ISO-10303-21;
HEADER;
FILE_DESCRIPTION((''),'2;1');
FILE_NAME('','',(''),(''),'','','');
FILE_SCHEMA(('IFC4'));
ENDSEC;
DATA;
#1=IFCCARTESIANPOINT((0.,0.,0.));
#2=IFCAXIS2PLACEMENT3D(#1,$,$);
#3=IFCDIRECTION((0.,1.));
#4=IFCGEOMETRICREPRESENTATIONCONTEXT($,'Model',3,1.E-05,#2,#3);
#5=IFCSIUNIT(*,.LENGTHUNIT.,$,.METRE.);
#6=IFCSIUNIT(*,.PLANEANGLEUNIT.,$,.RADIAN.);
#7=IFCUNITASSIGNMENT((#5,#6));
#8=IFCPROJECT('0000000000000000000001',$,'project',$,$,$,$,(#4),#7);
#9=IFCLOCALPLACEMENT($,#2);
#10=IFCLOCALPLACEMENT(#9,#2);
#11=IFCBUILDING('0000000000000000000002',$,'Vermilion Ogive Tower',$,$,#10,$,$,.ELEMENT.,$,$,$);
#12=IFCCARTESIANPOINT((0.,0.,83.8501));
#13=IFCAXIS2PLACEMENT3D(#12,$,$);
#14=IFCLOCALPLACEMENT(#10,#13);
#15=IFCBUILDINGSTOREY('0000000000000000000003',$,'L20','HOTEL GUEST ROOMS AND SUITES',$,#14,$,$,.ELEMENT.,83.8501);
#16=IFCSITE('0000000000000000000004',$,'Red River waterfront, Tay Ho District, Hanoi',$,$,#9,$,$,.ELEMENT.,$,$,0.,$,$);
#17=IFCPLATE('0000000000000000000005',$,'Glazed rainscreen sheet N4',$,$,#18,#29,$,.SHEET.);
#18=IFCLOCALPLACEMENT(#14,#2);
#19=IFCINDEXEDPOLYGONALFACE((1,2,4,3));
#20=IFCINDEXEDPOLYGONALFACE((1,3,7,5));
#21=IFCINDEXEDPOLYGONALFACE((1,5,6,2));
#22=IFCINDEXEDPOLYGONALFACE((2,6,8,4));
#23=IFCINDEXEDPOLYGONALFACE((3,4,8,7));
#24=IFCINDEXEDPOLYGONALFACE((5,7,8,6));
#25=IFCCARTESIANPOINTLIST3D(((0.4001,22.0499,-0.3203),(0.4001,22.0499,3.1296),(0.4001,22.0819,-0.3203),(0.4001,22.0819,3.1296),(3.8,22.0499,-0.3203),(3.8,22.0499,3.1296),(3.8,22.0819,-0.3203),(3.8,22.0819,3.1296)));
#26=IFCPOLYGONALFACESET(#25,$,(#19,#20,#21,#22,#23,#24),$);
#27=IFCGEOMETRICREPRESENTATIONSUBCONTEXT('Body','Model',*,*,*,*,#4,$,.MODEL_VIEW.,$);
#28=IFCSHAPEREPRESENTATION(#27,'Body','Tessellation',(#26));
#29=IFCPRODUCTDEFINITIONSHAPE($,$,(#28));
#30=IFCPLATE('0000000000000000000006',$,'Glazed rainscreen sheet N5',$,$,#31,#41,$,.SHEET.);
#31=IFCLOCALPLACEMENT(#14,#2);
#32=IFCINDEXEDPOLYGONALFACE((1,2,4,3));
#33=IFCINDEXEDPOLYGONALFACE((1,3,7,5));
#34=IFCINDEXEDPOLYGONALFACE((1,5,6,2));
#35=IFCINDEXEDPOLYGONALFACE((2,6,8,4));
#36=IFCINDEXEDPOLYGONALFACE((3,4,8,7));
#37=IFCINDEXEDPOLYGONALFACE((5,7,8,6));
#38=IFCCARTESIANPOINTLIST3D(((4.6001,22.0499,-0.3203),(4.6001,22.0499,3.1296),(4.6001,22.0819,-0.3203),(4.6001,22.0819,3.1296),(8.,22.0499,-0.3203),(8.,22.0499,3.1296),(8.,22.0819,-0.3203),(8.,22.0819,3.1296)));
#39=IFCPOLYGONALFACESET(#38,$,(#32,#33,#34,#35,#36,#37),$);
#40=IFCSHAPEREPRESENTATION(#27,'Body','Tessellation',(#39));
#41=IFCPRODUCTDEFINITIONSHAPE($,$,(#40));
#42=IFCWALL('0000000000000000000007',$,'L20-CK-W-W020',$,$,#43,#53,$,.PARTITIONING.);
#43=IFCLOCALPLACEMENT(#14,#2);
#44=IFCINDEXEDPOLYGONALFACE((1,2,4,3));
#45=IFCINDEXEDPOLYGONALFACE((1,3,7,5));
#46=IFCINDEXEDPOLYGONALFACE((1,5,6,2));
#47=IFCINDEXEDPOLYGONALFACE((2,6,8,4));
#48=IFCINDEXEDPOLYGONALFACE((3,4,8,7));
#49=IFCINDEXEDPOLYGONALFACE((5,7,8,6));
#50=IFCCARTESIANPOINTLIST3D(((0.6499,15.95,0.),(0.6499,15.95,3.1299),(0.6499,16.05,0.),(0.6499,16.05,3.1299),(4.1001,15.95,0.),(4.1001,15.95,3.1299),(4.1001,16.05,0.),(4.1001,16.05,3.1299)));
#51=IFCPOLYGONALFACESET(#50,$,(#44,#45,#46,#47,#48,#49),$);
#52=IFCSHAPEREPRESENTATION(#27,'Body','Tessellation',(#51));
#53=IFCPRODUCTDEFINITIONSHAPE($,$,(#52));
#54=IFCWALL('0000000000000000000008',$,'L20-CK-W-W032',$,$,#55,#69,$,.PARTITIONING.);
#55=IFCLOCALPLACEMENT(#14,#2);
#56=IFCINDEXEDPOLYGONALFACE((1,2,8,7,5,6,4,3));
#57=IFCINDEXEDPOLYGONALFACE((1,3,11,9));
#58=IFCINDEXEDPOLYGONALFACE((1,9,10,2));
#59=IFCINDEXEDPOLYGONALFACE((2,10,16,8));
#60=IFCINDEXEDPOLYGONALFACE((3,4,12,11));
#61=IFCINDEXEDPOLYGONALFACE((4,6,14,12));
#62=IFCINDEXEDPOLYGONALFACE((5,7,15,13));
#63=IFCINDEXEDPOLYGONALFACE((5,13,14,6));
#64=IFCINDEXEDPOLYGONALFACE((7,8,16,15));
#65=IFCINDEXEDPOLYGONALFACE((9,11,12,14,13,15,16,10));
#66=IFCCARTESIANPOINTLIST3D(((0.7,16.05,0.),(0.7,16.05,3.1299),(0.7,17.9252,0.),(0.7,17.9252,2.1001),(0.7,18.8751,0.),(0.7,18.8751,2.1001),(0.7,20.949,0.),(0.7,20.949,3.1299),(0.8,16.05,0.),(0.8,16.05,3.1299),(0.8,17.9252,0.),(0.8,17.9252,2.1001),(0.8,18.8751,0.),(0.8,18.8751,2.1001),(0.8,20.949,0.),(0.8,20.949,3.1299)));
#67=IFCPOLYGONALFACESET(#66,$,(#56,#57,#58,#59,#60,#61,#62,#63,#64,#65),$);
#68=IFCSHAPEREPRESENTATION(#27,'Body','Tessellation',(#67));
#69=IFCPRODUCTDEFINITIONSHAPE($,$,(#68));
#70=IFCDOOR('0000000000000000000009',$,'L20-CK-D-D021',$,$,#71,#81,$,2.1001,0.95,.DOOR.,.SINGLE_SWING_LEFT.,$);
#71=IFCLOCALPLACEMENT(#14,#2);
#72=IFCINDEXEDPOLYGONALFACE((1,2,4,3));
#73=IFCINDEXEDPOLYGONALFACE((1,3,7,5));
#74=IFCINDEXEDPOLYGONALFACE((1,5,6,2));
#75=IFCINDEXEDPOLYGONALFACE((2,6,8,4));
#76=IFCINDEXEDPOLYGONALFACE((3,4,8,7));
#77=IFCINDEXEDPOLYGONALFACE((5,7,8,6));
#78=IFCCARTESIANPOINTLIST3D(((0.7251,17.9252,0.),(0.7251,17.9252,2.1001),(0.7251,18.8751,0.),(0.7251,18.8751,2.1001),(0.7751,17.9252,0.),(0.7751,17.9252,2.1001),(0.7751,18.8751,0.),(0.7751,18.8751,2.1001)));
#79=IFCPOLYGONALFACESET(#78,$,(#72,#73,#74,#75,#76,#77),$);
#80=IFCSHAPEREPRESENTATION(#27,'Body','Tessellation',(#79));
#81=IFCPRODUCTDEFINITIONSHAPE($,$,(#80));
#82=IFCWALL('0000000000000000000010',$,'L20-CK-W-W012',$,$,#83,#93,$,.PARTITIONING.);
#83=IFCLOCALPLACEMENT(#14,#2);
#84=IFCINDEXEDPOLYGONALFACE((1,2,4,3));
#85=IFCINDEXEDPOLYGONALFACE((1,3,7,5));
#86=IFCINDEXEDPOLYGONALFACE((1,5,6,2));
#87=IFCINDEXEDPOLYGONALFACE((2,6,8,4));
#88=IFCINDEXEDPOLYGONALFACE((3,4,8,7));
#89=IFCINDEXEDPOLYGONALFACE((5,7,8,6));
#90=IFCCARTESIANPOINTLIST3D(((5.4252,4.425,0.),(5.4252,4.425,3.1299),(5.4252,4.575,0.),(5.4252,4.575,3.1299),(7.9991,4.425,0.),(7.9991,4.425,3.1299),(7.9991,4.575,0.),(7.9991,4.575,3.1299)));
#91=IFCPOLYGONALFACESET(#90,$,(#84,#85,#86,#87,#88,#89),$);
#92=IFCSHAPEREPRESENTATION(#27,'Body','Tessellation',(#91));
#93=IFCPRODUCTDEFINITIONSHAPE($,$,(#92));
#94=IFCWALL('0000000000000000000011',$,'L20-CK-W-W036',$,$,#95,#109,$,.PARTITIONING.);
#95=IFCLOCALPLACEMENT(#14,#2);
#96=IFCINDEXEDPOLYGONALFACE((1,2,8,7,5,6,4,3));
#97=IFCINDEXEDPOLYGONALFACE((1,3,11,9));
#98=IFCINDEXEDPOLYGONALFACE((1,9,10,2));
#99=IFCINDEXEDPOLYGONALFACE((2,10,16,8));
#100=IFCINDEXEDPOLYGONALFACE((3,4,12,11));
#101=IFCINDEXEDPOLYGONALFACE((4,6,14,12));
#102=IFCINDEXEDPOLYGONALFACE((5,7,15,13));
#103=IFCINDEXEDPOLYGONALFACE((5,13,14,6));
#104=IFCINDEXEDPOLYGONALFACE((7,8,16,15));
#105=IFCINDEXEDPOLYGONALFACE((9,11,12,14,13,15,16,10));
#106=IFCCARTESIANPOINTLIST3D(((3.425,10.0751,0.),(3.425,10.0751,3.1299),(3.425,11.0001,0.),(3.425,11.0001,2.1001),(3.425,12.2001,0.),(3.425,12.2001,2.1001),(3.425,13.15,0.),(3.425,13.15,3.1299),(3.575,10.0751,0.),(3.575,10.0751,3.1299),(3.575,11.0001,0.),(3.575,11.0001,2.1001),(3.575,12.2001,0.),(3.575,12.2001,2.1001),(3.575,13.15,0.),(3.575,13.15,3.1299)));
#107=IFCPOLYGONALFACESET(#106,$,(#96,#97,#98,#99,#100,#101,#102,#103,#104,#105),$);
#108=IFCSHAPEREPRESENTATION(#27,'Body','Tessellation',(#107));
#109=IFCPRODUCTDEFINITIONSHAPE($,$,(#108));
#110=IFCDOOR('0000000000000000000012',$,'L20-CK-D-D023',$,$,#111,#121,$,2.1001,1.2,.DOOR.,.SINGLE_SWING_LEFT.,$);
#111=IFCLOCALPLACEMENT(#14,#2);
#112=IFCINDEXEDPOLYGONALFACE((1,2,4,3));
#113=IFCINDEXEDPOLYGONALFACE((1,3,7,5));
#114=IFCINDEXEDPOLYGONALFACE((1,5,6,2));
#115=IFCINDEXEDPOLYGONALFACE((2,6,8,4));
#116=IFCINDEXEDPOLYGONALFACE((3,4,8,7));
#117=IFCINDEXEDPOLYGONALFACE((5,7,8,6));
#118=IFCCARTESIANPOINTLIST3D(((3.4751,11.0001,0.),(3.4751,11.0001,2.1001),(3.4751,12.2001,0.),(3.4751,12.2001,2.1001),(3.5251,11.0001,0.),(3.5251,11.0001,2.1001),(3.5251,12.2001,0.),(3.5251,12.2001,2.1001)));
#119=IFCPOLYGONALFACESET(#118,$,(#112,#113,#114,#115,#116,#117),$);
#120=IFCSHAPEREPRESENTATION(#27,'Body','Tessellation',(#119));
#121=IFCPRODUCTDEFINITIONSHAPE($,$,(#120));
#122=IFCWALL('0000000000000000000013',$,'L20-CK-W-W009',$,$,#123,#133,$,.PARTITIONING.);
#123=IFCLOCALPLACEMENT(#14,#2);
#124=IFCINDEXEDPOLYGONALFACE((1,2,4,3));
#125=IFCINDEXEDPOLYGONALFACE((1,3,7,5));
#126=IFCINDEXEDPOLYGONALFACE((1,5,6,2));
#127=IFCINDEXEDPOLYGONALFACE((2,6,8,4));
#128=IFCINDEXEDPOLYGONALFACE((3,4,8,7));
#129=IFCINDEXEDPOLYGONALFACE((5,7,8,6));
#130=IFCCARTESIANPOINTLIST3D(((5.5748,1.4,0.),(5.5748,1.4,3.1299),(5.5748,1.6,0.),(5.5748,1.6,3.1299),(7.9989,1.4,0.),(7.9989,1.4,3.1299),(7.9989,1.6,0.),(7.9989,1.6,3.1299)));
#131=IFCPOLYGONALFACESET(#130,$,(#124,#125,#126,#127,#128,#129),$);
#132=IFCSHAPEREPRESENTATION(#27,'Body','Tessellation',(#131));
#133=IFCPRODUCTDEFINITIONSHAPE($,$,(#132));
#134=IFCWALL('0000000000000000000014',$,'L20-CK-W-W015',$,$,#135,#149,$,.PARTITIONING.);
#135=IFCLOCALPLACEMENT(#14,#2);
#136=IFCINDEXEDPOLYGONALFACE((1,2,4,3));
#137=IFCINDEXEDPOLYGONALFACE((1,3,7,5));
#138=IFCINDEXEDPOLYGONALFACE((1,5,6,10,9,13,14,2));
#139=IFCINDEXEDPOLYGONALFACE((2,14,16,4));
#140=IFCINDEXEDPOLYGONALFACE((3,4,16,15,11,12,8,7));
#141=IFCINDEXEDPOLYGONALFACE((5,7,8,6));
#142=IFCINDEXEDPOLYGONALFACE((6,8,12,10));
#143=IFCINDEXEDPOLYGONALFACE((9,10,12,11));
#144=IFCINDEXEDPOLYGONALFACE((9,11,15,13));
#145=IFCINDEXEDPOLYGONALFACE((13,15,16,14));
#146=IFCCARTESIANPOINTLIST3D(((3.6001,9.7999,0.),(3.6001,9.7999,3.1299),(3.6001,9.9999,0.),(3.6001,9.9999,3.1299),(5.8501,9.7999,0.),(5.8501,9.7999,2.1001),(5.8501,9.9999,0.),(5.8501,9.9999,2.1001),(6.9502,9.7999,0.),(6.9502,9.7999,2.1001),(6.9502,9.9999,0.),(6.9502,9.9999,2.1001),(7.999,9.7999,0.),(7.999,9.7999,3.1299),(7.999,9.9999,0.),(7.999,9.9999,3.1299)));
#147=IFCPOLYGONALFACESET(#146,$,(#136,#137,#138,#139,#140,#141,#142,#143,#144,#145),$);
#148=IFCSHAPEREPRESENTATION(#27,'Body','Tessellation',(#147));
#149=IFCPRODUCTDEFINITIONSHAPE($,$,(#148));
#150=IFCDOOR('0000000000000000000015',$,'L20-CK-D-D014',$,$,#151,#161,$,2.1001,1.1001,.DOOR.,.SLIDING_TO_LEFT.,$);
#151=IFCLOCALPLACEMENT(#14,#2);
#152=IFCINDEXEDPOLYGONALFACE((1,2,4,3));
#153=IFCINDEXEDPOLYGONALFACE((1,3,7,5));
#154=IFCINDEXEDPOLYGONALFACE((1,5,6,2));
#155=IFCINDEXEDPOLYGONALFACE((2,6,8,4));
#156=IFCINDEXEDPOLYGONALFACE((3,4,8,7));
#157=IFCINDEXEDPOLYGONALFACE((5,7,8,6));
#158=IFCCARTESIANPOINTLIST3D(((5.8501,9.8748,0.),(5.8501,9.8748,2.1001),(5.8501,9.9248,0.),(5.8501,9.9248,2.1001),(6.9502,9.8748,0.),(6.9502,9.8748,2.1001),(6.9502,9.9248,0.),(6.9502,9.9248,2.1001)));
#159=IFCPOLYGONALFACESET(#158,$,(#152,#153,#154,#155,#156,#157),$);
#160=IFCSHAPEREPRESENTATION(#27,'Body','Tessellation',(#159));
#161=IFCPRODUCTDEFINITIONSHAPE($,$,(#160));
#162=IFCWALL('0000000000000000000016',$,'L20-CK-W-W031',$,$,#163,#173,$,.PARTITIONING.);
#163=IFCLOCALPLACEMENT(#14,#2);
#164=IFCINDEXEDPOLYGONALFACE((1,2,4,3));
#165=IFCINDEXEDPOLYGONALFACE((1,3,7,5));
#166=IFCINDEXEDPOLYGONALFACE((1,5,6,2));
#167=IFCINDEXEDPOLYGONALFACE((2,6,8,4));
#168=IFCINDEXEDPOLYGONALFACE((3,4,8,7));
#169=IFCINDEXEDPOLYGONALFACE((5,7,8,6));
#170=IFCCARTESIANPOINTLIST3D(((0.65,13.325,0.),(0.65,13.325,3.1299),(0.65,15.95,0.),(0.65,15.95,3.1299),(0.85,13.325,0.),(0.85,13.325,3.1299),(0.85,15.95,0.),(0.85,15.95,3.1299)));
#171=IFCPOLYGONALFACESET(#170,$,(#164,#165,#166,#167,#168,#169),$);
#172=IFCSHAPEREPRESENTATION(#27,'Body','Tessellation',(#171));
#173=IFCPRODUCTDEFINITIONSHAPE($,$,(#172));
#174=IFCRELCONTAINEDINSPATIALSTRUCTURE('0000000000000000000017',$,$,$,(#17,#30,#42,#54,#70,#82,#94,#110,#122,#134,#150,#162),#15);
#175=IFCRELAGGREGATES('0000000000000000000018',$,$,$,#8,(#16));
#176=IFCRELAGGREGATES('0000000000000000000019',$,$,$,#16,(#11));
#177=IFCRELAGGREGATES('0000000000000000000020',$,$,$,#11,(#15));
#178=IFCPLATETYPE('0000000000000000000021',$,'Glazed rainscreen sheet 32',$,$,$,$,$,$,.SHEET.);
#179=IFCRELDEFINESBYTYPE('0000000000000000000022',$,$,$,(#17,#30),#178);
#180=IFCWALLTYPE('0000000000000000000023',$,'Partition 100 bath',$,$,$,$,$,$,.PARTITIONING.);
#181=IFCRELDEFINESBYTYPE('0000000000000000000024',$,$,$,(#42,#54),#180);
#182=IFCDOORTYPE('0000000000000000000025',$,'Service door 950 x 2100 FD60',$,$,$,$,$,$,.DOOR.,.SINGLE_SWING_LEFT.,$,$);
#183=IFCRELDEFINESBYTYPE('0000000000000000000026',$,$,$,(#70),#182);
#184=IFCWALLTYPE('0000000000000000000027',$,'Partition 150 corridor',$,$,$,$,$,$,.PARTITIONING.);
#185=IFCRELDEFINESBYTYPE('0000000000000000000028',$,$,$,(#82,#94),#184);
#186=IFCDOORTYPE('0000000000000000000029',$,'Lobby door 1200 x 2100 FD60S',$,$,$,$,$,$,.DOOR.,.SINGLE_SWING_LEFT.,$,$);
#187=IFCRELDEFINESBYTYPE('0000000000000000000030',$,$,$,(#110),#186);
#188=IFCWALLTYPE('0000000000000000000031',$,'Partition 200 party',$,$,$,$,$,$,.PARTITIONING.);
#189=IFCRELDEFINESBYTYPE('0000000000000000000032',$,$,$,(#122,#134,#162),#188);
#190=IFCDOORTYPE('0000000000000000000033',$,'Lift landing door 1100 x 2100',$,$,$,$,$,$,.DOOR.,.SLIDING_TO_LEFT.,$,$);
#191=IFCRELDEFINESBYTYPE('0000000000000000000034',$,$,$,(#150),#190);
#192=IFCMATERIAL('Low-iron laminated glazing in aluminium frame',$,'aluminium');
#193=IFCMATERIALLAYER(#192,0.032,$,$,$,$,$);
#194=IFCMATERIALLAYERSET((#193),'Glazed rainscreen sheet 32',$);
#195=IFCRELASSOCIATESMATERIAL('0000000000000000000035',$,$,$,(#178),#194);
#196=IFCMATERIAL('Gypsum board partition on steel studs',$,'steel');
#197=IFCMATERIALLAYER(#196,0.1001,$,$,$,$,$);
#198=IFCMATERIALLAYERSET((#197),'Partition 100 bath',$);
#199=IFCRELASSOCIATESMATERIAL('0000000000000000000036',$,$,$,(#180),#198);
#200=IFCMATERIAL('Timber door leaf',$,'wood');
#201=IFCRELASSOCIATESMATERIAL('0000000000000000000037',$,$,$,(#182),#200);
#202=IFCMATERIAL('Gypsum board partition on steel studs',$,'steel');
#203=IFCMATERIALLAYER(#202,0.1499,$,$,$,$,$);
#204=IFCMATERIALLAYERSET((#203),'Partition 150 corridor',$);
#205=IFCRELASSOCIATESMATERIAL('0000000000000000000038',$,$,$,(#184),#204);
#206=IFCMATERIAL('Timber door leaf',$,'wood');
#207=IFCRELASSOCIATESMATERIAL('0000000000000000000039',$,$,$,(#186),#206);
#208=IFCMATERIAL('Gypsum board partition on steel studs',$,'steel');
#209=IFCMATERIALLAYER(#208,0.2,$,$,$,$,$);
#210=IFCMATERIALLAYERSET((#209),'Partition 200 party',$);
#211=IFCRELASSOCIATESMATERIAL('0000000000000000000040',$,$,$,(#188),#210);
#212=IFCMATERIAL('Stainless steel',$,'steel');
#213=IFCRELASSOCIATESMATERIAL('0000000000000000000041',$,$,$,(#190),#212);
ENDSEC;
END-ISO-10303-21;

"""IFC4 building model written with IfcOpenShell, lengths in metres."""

from ifc_helpers import new_model, si_unit, direction, frame, frame_2d, origin, origin_2d, place, context, subcontext, project, spatial, rectangle, extrude, material, layer, layer_set, type_object, element, fill, save


model = new_model("IFC4")

# Units and contexts
model_context = context("Model", 3, precision=1e-05, world=origin(), true_north=direction((0.0, 1.0)))
body_context = subcontext(model_context, "Body", "Model", "MODEL_VIEW")
ifc_project = project(units=[si_unit("LENGTHUNIT", "METRE"), si_unit("PLANEANGLEUNIT", "RADIAN")], contexts=[model_context])

# Site, building, storey
site_placement = place(None, origin())
site = spatial("IfcSite", under=ifc_project, at=site_placement, Name="Red River waterfront, Tay Ho District, Hanoi", CompositionType="ELEMENT", RefElevation=0.0)
building_placement = place(site_placement, origin())
building = spatial("IfcBuilding", under=site, at=building_placement, Name="Vermilion Ogive Tower", CompositionType="ELEMENT")
storey_placement = place(building_placement, frame((0.0, 0.0, 83.8501)))
storey = spatial("IfcBuildingStorey", under=building, at=storey_placement, Name="L20", Description="HOTEL GUEST ROOMS AND SUITES", CompositionType="ELEMENT", Elevation=83.8501)

# Plates
ifc_material_1 = material(Name="Low-iron laminated glazing in aluminium frame", Category="aluminium")
ifc_layer_1 = layer(ifc_material_1, 0.032)
ifc_layer_set_1 = layer_set([ifc_layer_1], Name="Glazed rainscreen sheet 32")
plate_type = type_object("IfcPlateType", Name="Glazed rainscreen sheet 32", PredefinedType="SHEET", material=ifc_layer_set_1)
for number, where, z_axis, x_axis, name in (
    (1, (2.1001, 22.0659, -0.3203), (0.0, 0.0, 1.0), (1.0, 0.0, 0.0), "Glazed rainscreen sheet N4"),
    (2, (6.3, 22.0659, -0.3203), (0.0, 0.0, 1.0), (1.0, 0.0, 0.0), "Glazed rainscreen sheet N5"),
):
    element("IfcPlate", number, at=place(storey_placement, frame(where, z_axis=z_axis, x_axis=x_axis)), inside=storey, type_object=plate_type, Name=name, PredefinedType="SHEET", context=body_context, shape_type="SweptSolid", body=[
        extrude(rectangle(XDim=3.3999, YDim=0.032, at=origin_2d()), origin(), (0.0, 0.0, 1.0), 3.45),
    ])

# Wall
ifc_material_2 = material(Name="Gypsum board partition on steel studs", Category="steel")
ifc_layer_2 = layer(ifc_material_2, 0.1001)
ifc_layer_set_2 = layer_set([ifc_layer_2], Name="Partition 100 bath")
wall_type_1 = type_object("IfcWallType", Name="Partition 100 bath", PredefinedType="PARTITIONING", material=ifc_layer_set_2)
wall_1_placement = place(storey_placement, frame((0.6499, 16.0, 0.0), z_axis=(0.0, 0.0, 1.0), x_axis=(1.0, 0.0, 0.0)))
element("IfcWall", 3, at=wall_1_placement, inside=storey, type_object=wall_type_1, Name="L20-CK-W-W020", PredefinedType="PARTITIONING", context=body_context, shape_type="SweptSolid", body=[
    extrude(rectangle(XDim=3.4502, YDim=0.1001, at=frame_2d((1.7251, 0.0))), origin(), (0.0, 0.0, 1.0), 3.1299),
])

# Wall, opening, door
wall_2_placement = place(storey_placement, frame((0.75, 16.05, 0.0), z_axis=(0.0, 0.0, 1.0), x_axis=(0.0, 1.0, 0.0)))
wall_2 = element("IfcWall", 4, at=wall_2_placement, inside=storey, type_object=wall_type_1, Name="L20-CK-W-W032", PredefinedType="PARTITIONING", context=body_context, shape_type="SweptSolid", body=[
    extrude(rectangle(XDim=4.8989, YDim=0.1001, at=frame_2d((2.4495, 0.0))), origin(), (0.0, 0.0, 1.0), 3.1299),
])
opening_1_placement = place(wall_2_placement, frame((1.875, 0.0, 0.0)))
opening_1 = element("IfcOpeningElement", 5, at=opening_1_placement, cuts=wall_2, PredefinedType="OPENING", context=body_context, shape_type="SweptSolid", body=[
    extrude(rectangle(XDim=0.95, YDim=2.1001, at=frame_2d((0.4751, 1.05))), frame((0.0, 0.0601, 0.0), z_axis=(0.0, -1.0, 0.0), x_axis=(1.0, 0.0, 0.0)), (0.0, 0.0, 1.0), 0.1201),
])
ifc_material_3 = material(Name="Timber door leaf", Category="wood")
door_type_1 = type_object("IfcDoorType", Name="Service door 950 x 2100 FD60", OperationType="SINGLE_SWING_LEFT", PredefinedType="DOOR", material=ifc_material_3)
door_1_placement = place(opening_1_placement, origin())
door_1 = element("IfcDoor", 6, at=door_1_placement, inside=storey, type_object=door_type_1, Name="L20-CK-D-D021", OperationType="SINGLE_SWING_LEFT", OverallHeight=2.1001, OverallWidth=0.95, PredefinedType="DOOR", context=body_context, shape_type="SweptSolid", body=[
    extrude(rectangle(XDim=0.95, YDim=2.1001, at=frame_2d((0.4751, 1.05))), frame((0.0, 0.0249, 0.0), z_axis=(0.0, -1.0, 0.0), x_axis=(1.0, 0.0, 0.0)), (0.0, 0.0, 1.0), 0.05),
])
fill(opening_1, door_1)

# Wall
ifc_material_4 = material(Name="Gypsum board partition on steel studs", Category="steel")
ifc_layer_3 = layer(ifc_material_4, 0.1499)
ifc_layer_set_3 = layer_set([ifc_layer_3], Name="Partition 150 corridor")
wall_type_2 = type_object("IfcWallType", Name="Partition 150 corridor", PredefinedType="PARTITIONING", material=ifc_layer_set_3)
wall_3_placement = place(storey_placement, frame((5.425, 4.5, 0.0), z_axis=(0.0, 0.0, 1.0), x_axis=(1.0, 0.0, 0.0)))
element("IfcWall", 7, at=wall_3_placement, inside=storey, type_object=wall_type_2, Name="L20-CK-W-W012", PredefinedType="PARTITIONING", context=body_context, shape_type="SweptSolid", body=[
    extrude(rectangle(XDim=2.574, YDim=0.1499, at=frame_2d((1.2871, 0.0))), origin(), (0.0, 0.0, 1.0), 3.1299),
])

# Wall, opening, door
wall_4_placement = place(storey_placement, frame((3.5, 10.075, 0.0), z_axis=(0.0, 0.0, 1.0), x_axis=(0.0, 1.0, 0.0)))
wall_4 = element("IfcWall", 8, at=wall_4_placement, inside=storey, type_object=wall_type_2, Name="L20-CK-W-W036", PredefinedType="PARTITIONING", context=body_context, shape_type="SweptSolid", body=[
    extrude(rectangle(XDim=3.075, YDim=0.1499, at=frame_2d((1.5376, 0.0))), origin(), (0.0, 0.0, 1.0), 3.1299),
])
opening_2_placement = place(wall_4_placement, frame((0.925, 0.0, 0.0)))
opening_2 = element("IfcOpeningElement", 9, at=opening_2_placement, cuts=wall_4, PredefinedType="OPENING", context=body_context, shape_type="SweptSolid", body=[
    extrude(rectangle(XDim=1.2, YDim=2.1001, at=frame_2d((0.6001, 1.05))), frame((0.0, 0.085, 0.0), z_axis=(0.0, -1.0, 0.0), x_axis=(1.0, 0.0, 0.0)), (0.0, 0.0, 1.0), 0.1699),
])
ifc_material_5 = material(Name="Timber door leaf", Category="wood")
door_type_2 = type_object("IfcDoorType", Name="Lobby door 1200 x 2100 FD60S", OperationType="SINGLE_SWING_LEFT", PredefinedType="DOOR", material=ifc_material_5)
door_2_placement = place(opening_2_placement, origin())
door_2 = element("IfcDoor", 10, at=door_2_placement, inside=storey, type_object=door_type_2, Name="L20-CK-D-D023", OperationType="SINGLE_SWING_LEFT", OverallHeight=2.1001, OverallWidth=1.2, PredefinedType="DOOR", context=body_context, shape_type="SweptSolid", body=[
    extrude(rectangle(XDim=1.2, YDim=2.1001, at=frame_2d((0.6001, 1.05))), frame((0.0, 0.0249, 0.0), z_axis=(0.0, -1.0, 0.0), x_axis=(1.0, 0.0, 0.0)), (0.0, 0.0, 1.0), 0.05),
])
fill(opening_2, door_2)

# Wall
ifc_material_6 = material(Name="Gypsum board partition on steel studs", Category="steel")
ifc_layer_4 = layer(ifc_material_6, 0.2)
ifc_layer_set_4 = layer_set([ifc_layer_4], Name="Partition 200 party")
wall_type_3 = type_object("IfcWallType", Name="Partition 200 party", PredefinedType="PARTITIONING", material=ifc_layer_set_4)
wall_5_placement = place(storey_placement, frame((5.575, 1.5, 0.0), z_axis=(0.0, 0.0, 1.0), x_axis=(1.0, 0.0, 0.0)))
element("IfcWall", 11, at=wall_5_placement, inside=storey, type_object=wall_type_3, Name="L20-CK-W-W009", PredefinedType="PARTITIONING", context=body_context, shape_type="SweptSolid", body=[
    extrude(rectangle(XDim=2.4241, YDim=0.2, at=frame_2d((1.2119, 0.0))), origin(), (0.0, 0.0, 1.0), 3.1299),
])

# Wall, opening, door
wall_6_placement = place(storey_placement, frame((3.6001, 9.8999, 0.0), z_axis=(0.0, 0.0, 1.0), x_axis=(1.0, 0.0, 0.0)))
wall_6 = element("IfcWall", 12, at=wall_6_placement, inside=storey, type_object=wall_type_3, Name="L20-CK-W-W015", PredefinedType="PARTITIONING", context=body_context, shape_type="SweptSolid", body=[
    extrude(rectangle(XDim=4.3989, YDim=0.2, at=frame_2d((2.1995, 0.0))), origin(), (0.0, 0.0, 1.0), 3.1299),
])
opening_3_placement = place(wall_6_placement, frame((2.25, 0.0, 0.0)))
opening_3 = element("IfcOpeningElement", 13, at=opening_3_placement, cuts=wall_6, PredefinedType="OPENING", context=body_context, shape_type="SweptSolid", body=[
    extrude(rectangle(XDim=1.1001, YDim=2.1001, at=frame_2d((0.55, 1.05))), frame((0.0, 0.1099, 0.0), z_axis=(0.0, -1.0, 0.0), x_axis=(1.0, 0.0, 0.0)), (0.0, 0.0, 1.0), 0.22),
])
ifc_material_7 = material(Name="Stainless steel", Category="steel")
door_type_3 = type_object("IfcDoorType", Name="Lift landing door 1100 x 2100", OperationType="SLIDING_TO_LEFT", PredefinedType="DOOR", material=ifc_material_7)
door_3_placement = place(opening_3_placement, origin())
door_3 = element("IfcDoor", 14, at=door_3_placement, inside=storey, type_object=door_type_3, Name="L20-CK-D-D014", OperationType="SLIDING_TO_LEFT", OverallHeight=2.1001, OverallWidth=1.1001, PredefinedType="DOOR", context=body_context, shape_type="SweptSolid", body=[
    extrude(rectangle(XDim=1.1001, YDim=2.1001, at=frame_2d((0.55, 1.05))), frame((0.0, 0.0249, 0.0), z_axis=(0.0, -1.0, 0.0), x_axis=(1.0, 0.0, 0.0)), (0.0, 0.0, 1.0), 0.05),
])
fill(opening_3, door_3)

# Wall
wall_7_placement = place(storey_placement, frame((0.75, 13.325, 0.0), z_axis=(0.0, 0.0, 1.0), x_axis=(0.0, 1.0, 0.0)))
element("IfcWall", 15, at=wall_7_placement, inside=storey, type_object=wall_type_3, Name="L20-CK-W-W031", PredefinedType="PARTITIONING", context=body_context, shape_type="SweptSolid", body=[
    extrude(rectangle(XDim=2.625, YDim=0.2, at=frame_2d((1.3125, 0.0))), origin(), (0.0, 0.0, 1.0), 3.1299),
])

save(model, "model.ifc")
